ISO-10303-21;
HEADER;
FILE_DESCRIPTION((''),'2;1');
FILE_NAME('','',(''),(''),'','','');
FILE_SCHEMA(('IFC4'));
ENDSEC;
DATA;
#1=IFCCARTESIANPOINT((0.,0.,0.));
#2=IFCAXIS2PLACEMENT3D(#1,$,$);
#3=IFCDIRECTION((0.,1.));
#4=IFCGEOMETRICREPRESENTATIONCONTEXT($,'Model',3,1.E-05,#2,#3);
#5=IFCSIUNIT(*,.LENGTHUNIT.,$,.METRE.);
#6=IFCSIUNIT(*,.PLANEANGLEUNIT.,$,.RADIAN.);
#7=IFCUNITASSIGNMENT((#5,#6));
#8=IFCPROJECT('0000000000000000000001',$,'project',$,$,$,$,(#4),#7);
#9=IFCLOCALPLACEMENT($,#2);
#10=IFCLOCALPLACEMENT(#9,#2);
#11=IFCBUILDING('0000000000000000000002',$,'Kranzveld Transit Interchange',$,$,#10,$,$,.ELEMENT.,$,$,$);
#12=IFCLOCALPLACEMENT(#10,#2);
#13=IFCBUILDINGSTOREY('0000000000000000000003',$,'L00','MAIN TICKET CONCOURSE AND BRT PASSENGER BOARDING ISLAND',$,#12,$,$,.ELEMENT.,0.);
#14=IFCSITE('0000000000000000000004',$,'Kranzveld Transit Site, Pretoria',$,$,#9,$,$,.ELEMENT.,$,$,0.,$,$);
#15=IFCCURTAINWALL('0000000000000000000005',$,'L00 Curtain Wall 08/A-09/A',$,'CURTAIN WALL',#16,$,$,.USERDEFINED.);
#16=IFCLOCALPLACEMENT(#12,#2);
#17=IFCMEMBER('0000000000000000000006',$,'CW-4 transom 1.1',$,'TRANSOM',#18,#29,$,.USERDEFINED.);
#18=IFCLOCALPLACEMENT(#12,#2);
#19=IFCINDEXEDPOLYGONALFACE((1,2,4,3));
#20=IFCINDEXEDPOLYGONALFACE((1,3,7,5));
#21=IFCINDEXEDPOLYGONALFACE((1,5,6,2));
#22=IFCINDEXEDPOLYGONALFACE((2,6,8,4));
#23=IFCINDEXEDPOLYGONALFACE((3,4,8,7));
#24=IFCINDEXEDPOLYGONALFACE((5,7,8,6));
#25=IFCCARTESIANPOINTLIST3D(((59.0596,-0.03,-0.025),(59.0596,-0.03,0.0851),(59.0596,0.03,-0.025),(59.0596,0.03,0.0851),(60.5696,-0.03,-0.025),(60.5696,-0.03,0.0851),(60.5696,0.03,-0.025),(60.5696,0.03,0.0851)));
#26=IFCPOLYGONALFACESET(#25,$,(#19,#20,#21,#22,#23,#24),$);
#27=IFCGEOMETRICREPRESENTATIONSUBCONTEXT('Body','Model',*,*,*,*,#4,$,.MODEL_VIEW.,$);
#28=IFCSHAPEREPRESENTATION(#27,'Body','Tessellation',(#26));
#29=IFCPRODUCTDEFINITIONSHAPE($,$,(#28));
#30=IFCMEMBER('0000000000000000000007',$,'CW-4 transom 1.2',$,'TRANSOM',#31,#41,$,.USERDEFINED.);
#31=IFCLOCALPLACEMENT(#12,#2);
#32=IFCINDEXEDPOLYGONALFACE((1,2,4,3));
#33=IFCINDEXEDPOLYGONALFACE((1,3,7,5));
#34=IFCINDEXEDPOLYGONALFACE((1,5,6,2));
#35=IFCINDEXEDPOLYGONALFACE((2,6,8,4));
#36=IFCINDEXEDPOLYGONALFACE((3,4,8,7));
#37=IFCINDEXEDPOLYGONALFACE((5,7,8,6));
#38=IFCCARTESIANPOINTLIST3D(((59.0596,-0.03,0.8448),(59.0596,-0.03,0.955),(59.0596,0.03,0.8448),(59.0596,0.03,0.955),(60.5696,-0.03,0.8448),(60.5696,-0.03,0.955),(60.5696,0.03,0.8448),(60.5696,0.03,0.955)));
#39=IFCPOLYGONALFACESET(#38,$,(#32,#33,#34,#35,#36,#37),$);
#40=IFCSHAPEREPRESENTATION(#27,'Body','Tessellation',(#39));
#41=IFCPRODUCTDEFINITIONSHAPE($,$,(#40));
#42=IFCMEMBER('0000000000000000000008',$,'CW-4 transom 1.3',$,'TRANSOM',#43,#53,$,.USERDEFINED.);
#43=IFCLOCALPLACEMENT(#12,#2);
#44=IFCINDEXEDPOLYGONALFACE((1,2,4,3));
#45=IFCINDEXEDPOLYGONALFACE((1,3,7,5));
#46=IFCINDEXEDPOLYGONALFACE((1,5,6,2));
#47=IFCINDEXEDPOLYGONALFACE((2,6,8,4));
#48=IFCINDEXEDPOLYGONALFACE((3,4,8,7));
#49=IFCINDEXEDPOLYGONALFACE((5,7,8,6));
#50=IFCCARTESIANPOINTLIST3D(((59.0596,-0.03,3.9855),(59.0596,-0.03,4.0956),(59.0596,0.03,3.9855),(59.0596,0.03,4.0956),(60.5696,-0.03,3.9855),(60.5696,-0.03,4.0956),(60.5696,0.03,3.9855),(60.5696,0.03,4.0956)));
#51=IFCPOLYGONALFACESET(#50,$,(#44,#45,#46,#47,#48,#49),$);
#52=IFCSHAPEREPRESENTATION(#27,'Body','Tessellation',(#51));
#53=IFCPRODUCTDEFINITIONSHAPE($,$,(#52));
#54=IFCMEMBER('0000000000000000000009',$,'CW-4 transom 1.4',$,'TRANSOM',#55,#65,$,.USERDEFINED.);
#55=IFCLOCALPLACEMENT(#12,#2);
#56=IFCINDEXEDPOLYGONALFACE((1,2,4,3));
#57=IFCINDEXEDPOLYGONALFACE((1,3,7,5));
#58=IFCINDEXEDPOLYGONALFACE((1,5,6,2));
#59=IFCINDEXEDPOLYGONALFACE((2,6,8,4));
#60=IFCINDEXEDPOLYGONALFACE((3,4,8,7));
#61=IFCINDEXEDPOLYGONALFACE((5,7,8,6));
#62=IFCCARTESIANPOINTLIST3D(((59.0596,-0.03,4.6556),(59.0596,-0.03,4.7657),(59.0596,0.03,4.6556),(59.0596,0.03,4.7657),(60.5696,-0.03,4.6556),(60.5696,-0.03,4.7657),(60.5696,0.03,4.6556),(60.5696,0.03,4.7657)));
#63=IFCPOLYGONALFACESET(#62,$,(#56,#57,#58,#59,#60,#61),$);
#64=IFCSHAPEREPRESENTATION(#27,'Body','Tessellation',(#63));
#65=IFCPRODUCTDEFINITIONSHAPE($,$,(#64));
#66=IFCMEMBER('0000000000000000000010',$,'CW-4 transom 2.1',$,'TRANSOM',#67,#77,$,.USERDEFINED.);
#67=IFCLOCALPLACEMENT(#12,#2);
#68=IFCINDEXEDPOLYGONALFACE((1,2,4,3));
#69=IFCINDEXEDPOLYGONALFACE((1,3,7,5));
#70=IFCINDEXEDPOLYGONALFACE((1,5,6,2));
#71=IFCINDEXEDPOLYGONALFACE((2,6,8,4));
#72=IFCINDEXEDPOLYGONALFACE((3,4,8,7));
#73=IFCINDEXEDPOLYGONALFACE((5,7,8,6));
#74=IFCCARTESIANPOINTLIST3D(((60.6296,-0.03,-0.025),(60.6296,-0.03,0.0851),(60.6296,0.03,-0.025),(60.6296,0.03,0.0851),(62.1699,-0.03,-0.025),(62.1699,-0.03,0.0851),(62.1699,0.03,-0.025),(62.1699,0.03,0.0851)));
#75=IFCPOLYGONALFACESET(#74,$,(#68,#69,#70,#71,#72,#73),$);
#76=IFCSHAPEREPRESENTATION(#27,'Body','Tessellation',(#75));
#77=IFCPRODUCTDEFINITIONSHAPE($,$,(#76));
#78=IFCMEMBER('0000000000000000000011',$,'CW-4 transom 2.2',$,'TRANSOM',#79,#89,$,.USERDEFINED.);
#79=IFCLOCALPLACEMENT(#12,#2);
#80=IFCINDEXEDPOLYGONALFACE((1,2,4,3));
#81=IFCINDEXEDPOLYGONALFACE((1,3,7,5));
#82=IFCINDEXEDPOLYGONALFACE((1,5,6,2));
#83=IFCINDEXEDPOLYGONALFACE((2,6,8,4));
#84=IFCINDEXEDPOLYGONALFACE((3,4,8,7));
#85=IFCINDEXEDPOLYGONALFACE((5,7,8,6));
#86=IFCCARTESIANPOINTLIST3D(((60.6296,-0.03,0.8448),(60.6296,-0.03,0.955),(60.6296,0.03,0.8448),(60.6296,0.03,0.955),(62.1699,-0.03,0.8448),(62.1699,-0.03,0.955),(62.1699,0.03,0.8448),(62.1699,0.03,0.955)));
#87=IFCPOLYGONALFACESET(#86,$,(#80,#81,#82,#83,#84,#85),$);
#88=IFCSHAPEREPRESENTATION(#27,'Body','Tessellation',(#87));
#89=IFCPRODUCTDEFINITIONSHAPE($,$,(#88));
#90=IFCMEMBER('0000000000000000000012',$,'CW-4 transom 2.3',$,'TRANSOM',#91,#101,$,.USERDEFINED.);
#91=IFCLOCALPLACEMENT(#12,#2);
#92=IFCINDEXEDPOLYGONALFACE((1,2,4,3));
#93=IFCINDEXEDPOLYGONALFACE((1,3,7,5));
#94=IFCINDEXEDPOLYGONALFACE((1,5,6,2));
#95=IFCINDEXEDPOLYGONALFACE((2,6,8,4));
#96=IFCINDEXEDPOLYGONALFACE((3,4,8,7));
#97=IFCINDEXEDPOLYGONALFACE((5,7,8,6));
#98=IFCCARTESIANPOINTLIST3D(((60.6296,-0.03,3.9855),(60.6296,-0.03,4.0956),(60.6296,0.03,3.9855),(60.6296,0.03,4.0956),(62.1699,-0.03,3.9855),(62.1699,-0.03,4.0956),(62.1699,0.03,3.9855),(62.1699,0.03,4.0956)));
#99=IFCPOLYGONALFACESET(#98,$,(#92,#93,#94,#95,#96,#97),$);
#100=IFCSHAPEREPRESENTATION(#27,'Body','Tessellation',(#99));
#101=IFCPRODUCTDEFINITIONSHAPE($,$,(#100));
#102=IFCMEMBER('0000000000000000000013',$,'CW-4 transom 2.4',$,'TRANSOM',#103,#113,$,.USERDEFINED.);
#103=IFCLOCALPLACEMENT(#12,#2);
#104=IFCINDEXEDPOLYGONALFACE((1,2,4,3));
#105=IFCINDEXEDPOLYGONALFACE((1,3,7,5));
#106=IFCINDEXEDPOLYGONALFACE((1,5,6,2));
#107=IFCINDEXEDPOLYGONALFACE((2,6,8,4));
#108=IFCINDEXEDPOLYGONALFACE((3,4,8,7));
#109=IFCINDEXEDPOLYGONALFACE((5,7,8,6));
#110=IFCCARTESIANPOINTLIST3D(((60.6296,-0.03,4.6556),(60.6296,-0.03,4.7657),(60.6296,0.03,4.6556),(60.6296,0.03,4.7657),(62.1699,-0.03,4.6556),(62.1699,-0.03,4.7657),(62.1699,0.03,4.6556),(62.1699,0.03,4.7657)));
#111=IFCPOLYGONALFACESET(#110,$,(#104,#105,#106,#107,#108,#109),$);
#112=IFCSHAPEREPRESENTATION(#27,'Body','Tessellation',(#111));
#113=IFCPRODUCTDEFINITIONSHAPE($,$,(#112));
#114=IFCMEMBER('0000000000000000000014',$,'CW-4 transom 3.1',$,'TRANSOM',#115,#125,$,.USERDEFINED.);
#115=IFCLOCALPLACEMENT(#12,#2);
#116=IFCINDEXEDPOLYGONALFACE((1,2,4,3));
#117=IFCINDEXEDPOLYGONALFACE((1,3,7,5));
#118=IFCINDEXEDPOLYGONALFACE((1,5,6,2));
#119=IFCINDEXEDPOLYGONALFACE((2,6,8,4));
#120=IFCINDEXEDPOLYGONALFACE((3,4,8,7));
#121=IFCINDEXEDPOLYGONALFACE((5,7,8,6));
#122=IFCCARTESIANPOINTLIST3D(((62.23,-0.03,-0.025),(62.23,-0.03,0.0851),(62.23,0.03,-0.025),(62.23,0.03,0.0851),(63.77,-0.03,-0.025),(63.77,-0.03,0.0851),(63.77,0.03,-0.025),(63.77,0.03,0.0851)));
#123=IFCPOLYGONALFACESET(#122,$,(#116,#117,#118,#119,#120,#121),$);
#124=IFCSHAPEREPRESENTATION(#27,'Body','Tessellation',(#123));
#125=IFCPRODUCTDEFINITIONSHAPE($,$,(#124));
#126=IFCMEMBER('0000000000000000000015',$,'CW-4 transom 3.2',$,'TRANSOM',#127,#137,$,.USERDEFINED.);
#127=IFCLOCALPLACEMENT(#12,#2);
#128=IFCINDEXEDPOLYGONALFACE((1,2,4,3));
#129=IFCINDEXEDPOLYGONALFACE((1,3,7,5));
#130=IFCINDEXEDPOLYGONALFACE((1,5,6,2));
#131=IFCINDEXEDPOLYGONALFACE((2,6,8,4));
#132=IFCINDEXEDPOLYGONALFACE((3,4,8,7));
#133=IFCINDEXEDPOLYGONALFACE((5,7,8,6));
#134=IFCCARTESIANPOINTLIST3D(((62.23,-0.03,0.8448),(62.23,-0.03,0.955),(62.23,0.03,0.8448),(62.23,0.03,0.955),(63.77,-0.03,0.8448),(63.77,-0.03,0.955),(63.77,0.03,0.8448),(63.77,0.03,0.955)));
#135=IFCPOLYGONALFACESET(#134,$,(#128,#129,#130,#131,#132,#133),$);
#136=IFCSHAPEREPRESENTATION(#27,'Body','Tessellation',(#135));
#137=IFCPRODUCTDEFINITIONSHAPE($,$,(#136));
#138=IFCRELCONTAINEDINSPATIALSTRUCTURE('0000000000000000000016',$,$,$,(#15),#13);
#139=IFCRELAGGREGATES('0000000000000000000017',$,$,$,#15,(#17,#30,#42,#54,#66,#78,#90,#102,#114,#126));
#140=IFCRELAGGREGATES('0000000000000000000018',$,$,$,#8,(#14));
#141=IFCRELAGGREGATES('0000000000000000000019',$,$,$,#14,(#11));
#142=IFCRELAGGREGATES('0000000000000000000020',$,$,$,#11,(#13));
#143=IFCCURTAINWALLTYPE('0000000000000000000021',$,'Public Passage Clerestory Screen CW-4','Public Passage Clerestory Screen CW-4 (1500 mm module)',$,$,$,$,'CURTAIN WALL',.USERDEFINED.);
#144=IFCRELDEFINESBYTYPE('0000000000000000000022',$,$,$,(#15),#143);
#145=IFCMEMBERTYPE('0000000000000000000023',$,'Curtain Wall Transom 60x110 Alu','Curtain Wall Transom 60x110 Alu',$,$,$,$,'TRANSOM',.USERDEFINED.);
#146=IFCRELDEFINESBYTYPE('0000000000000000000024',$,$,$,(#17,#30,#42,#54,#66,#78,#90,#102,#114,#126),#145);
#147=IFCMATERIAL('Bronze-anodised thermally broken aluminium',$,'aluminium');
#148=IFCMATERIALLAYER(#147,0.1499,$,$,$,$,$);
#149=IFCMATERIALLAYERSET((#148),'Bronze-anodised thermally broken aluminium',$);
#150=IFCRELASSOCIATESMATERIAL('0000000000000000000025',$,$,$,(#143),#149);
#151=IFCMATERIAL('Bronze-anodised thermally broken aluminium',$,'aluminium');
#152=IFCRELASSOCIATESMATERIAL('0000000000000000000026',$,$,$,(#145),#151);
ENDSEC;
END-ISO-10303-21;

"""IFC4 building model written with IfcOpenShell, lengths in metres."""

from ifc_helpers import new_model, si_unit, direction, frame, origin, origin_2d, place, context, subcontext, project, spatial, rectangle, extrude, material, layer, layer_set, material_profile, profile_set, type_object, element, aggregate, save


model = new_model("IFC4")

# Units and contexts
model_context = context("Model", 3, precision=1e-05, world=origin(), true_north=direction((0.0, 1.0)))
body_context = subcontext(model_context, "Body", "Model", "MODEL_VIEW")
ifc_project = project(units=[si_unit("LENGTHUNIT", "METRE"), si_unit("PLANEANGLEUNIT", "RADIAN")], contexts=[model_context])

# Site, building, storey
site_placement = place(None, origin())
site = spatial("IfcSite", under=ifc_project, at=site_placement, Name="Kranzveld Transit Site, Pretoria", CompositionType="ELEMENT", RefElevation=0.0)
building_placement = place(site_placement, origin())
building = spatial("IfcBuilding", under=site, at=building_placement, Name="Kranzveld Transit Interchange", CompositionType="ELEMENT")
storey_placement = place(building_placement, origin())
storey = spatial("IfcBuildingStorey", under=building, at=storey_placement, Name="L00", Description="MAIN TICKET CONCOURSE AND BRT PASSENGER BOARDING ISLAND", CompositionType="ELEMENT", Elevation=0.0)

# Curtain wall, members
ifc_material_1 = material(Name="Bronze-anodised thermally broken aluminium", Category="aluminium")
ifc_layer_1 = layer(ifc_material_1, 0.1499)
ifc_layer_set_1 = layer_set([ifc_layer_1], Name="Bronze-anodised thermally broken aluminium")
curtain_wall_type = type_object("IfcCurtainWallType", Name="Public Passage Clerestory Screen CW-4", Description="Public Passage Clerestory Screen CW-4 (1500 mm module)", ElementType="CURTAIN WALL", PredefinedType="USERDEFINED", material=ifc_layer_set_1)
curtain_wall_placement = place(storey_placement, origin())
curtain_wall = element("IfcCurtainWall", 1, at=curtain_wall_placement, inside=storey, type_object=curtain_wall_type, Name="L00 Curtain Wall 08/A-09/A", ObjectType="CURTAIN WALL", PredefinedType="USERDEFINED")
ifc_material_2 = material(Name="Bronze-anodised thermally broken aluminium", Category="aluminium")
ifc_material_profile_1 = material_profile(ifc_material_2, rectangle(XDim=0.0601, YDim=0.1101, at=origin_2d()), Name="ALU TRANSOM 60x110")
ifc_profile_set_1 = profile_set([ifc_material_profile_1], Name="Bronze-anodised thermally broken aluminium")
member_type_1 = type_object("IfcMemberType", Name="Curtain Wall Transom 60x110 Alu", Description="Curtain Wall Transom 60x110 Alu", ElementType="TRANSOM", PredefinedType="USERDEFINED", material=ifc_profile_set_1)
member_1_placement = place(storey_placement, frame((59.0596, 0.0, 0.03), z_axis=(1.0, 0.0, 0.0), x_axis=(0.0, 1.0, 0.0)))
member_1 = element("IfcMember", 2, at=member_1_placement, type_object=member_type_1, Name="CW-4 transom 1.1", ObjectType="TRANSOM", PredefinedType="USERDEFINED", context=body_context, shape_type="SweptSolid", body=[
    extrude(rectangle(XDim=0.0601, YDim=0.1101, at=origin_2d()), origin(), (0.0, 0.0, 1.0), 1.51),
])
member_2_placement = place(storey_placement, frame((59.0596, 0.0, 0.8999), z_axis=(1.0, 0.0, 0.0), x_axis=(0.0, 1.0, 0.0)))
member_2 = element("IfcMember", 3, at=member_2_placement, type_object=member_type_1, Name="CW-4 transom 1.2", ObjectType="TRANSOM", PredefinedType="USERDEFINED", context=body_context, shape_type="SweptSolid", body=[
    extrude(rectangle(XDim=0.0601, YDim=0.1101, at=origin_2d()), origin(), (0.0, 0.0, 1.0), 1.51),
])
member_3_placement = place(storey_placement, frame((59.0596, 0.0, 4.0405), z_axis=(1.0, 0.0, 0.0), x_axis=(0.0, 1.0, 0.0)))
member_3 = element("IfcMember", 4, at=member_3_placement, type_object=member_type_1, Name="CW-4 transom 1.3", ObjectType="TRANSOM", PredefinedType="USERDEFINED", context=body_context, shape_type="SweptSolid", body=[
    extrude(rectangle(XDim=0.0601, YDim=0.1101, at=origin_2d()), origin(), (0.0, 0.0, 1.0), 1.51),
])
member_4_placement = place(storey_placement, frame((59.0596, 0.0, 4.7107), z_axis=(1.0, 0.0, 0.0), x_axis=(0.0, 1.0, 0.0)))
member_4 = element("IfcMember", 5, at=member_4_placement, type_object=member_type_1, Name="CW-4 transom 1.4", ObjectType="TRANSOM", PredefinedType="USERDEFINED", context=body_context, shape_type="SweptSolid", body=[
    extrude(rectangle(XDim=0.0601, YDim=0.1101, at=origin_2d()), origin(), (0.0, 0.0, 1.0), 1.51),
])
member_5_placement = place(storey_placement, frame((60.6296, 0.0, 0.03), z_axis=(1.0, 0.0, 0.0), x_axis=(0.0, 1.0, 0.0)))
member_5 = element("IfcMember", 6, at=member_5_placement, type_object=member_type_1, Name="CW-4 transom 2.1", ObjectType="TRANSOM", PredefinedType="USERDEFINED", context=body_context, shape_type="SweptSolid", body=[
    extrude(rectangle(XDim=0.0601, YDim=0.1101, at=origin_2d()), origin(), (0.0, 0.0, 1.0), 1.5403),
])
member_6_placement = place(storey_placement, frame((60.6296, 0.0, 0.8999), z_axis=(1.0, 0.0, 0.0), x_axis=(0.0, 1.0, 0.0)))
member_6 = element("IfcMember", 7, at=member_6_placement, type_object=member_type_1, Name="CW-4 transom 2.2", ObjectType="TRANSOM", PredefinedType="USERDEFINED", context=body_context, shape_type="SweptSolid", body=[
    extrude(rectangle(XDim=0.0601, YDim=0.1101, at=origin_2d()), origin(), (0.0, 0.0, 1.0), 1.5403),
])
member_7_placement = place(storey_placement, frame((60.6296, 0.0, 4.0405), z_axis=(1.0, 0.0, 0.0), x_axis=(0.0, 1.0, 0.0)))
member_7 = element("IfcMember", 8, at=member_7_placement, type_object=member_type_1, Name="CW-4 transom 2.3", ObjectType="TRANSOM", PredefinedType="USERDEFINED", context=body_context, shape_type="SweptSolid", body=[
    extrude(rectangle(XDim=0.0601, YDim=0.1101, at=origin_2d()), origin(), (0.0, 0.0, 1.0), 1.5403),
])
member_8_placement = place(storey_placement, frame((60.6296, 0.0, 4.7107), z_axis=(1.0, 0.0, 0.0), x_axis=(0.0, 1.0, 0.0)))
member_8 = element("IfcMember", 9, at=member_8_placement, type_object=member_type_1, Name="CW-4 transom 2.4", ObjectType="TRANSOM", PredefinedType="USERDEFINED", context=body_context, shape_type="SweptSolid", body=[
    extrude(rectangle(XDim=0.0601, YDim=0.1101, at=origin_2d()), origin(), (0.0, 0.0, 1.0), 1.5403),
])
member_9_placement = place(storey_placement, frame((62.23, 0.0, 0.03), z_axis=(1.0, 0.0, 0.0), x_axis=(0.0, 1.0, 0.0)))
member_9 = element("IfcMember", 10, at=member_9_placement, type_object=member_type_1, Name="CW-4 transom 3.1", ObjectType="TRANSOM", PredefinedType="USERDEFINED", context=body_context, shape_type="SweptSolid", body=[
    extrude(rectangle(XDim=0.0601, YDim=0.1101, at=origin_2d()), origin(), (0.0, 0.0, 1.0), 1.54),
])
member_10_placement = place(storey_placement, frame((62.23, 0.0, 0.8999), z_axis=(1.0, 0.0, 0.0), x_axis=(0.0, 1.0, 0.0)))
member_10 = element("IfcMember", 11, at=member_10_placement, type_object=member_type_1, Name="CW-4 transom 3.2", ObjectType="TRANSOM", PredefinedType="USERDEFINED", context=body_context, shape_type="SweptSolid", body=[
    extrude(rectangle(XDim=0.0601, YDim=0.1101, at=origin_2d()), origin(), (0.0, 0.0, 1.0), 1.54),
])

aggregate(curtain_wall, [member_1, member_2, member_3, member_4, member_5, member_6, member_7, member_8, member_9, member_10])

save(model, "model.ifc")
